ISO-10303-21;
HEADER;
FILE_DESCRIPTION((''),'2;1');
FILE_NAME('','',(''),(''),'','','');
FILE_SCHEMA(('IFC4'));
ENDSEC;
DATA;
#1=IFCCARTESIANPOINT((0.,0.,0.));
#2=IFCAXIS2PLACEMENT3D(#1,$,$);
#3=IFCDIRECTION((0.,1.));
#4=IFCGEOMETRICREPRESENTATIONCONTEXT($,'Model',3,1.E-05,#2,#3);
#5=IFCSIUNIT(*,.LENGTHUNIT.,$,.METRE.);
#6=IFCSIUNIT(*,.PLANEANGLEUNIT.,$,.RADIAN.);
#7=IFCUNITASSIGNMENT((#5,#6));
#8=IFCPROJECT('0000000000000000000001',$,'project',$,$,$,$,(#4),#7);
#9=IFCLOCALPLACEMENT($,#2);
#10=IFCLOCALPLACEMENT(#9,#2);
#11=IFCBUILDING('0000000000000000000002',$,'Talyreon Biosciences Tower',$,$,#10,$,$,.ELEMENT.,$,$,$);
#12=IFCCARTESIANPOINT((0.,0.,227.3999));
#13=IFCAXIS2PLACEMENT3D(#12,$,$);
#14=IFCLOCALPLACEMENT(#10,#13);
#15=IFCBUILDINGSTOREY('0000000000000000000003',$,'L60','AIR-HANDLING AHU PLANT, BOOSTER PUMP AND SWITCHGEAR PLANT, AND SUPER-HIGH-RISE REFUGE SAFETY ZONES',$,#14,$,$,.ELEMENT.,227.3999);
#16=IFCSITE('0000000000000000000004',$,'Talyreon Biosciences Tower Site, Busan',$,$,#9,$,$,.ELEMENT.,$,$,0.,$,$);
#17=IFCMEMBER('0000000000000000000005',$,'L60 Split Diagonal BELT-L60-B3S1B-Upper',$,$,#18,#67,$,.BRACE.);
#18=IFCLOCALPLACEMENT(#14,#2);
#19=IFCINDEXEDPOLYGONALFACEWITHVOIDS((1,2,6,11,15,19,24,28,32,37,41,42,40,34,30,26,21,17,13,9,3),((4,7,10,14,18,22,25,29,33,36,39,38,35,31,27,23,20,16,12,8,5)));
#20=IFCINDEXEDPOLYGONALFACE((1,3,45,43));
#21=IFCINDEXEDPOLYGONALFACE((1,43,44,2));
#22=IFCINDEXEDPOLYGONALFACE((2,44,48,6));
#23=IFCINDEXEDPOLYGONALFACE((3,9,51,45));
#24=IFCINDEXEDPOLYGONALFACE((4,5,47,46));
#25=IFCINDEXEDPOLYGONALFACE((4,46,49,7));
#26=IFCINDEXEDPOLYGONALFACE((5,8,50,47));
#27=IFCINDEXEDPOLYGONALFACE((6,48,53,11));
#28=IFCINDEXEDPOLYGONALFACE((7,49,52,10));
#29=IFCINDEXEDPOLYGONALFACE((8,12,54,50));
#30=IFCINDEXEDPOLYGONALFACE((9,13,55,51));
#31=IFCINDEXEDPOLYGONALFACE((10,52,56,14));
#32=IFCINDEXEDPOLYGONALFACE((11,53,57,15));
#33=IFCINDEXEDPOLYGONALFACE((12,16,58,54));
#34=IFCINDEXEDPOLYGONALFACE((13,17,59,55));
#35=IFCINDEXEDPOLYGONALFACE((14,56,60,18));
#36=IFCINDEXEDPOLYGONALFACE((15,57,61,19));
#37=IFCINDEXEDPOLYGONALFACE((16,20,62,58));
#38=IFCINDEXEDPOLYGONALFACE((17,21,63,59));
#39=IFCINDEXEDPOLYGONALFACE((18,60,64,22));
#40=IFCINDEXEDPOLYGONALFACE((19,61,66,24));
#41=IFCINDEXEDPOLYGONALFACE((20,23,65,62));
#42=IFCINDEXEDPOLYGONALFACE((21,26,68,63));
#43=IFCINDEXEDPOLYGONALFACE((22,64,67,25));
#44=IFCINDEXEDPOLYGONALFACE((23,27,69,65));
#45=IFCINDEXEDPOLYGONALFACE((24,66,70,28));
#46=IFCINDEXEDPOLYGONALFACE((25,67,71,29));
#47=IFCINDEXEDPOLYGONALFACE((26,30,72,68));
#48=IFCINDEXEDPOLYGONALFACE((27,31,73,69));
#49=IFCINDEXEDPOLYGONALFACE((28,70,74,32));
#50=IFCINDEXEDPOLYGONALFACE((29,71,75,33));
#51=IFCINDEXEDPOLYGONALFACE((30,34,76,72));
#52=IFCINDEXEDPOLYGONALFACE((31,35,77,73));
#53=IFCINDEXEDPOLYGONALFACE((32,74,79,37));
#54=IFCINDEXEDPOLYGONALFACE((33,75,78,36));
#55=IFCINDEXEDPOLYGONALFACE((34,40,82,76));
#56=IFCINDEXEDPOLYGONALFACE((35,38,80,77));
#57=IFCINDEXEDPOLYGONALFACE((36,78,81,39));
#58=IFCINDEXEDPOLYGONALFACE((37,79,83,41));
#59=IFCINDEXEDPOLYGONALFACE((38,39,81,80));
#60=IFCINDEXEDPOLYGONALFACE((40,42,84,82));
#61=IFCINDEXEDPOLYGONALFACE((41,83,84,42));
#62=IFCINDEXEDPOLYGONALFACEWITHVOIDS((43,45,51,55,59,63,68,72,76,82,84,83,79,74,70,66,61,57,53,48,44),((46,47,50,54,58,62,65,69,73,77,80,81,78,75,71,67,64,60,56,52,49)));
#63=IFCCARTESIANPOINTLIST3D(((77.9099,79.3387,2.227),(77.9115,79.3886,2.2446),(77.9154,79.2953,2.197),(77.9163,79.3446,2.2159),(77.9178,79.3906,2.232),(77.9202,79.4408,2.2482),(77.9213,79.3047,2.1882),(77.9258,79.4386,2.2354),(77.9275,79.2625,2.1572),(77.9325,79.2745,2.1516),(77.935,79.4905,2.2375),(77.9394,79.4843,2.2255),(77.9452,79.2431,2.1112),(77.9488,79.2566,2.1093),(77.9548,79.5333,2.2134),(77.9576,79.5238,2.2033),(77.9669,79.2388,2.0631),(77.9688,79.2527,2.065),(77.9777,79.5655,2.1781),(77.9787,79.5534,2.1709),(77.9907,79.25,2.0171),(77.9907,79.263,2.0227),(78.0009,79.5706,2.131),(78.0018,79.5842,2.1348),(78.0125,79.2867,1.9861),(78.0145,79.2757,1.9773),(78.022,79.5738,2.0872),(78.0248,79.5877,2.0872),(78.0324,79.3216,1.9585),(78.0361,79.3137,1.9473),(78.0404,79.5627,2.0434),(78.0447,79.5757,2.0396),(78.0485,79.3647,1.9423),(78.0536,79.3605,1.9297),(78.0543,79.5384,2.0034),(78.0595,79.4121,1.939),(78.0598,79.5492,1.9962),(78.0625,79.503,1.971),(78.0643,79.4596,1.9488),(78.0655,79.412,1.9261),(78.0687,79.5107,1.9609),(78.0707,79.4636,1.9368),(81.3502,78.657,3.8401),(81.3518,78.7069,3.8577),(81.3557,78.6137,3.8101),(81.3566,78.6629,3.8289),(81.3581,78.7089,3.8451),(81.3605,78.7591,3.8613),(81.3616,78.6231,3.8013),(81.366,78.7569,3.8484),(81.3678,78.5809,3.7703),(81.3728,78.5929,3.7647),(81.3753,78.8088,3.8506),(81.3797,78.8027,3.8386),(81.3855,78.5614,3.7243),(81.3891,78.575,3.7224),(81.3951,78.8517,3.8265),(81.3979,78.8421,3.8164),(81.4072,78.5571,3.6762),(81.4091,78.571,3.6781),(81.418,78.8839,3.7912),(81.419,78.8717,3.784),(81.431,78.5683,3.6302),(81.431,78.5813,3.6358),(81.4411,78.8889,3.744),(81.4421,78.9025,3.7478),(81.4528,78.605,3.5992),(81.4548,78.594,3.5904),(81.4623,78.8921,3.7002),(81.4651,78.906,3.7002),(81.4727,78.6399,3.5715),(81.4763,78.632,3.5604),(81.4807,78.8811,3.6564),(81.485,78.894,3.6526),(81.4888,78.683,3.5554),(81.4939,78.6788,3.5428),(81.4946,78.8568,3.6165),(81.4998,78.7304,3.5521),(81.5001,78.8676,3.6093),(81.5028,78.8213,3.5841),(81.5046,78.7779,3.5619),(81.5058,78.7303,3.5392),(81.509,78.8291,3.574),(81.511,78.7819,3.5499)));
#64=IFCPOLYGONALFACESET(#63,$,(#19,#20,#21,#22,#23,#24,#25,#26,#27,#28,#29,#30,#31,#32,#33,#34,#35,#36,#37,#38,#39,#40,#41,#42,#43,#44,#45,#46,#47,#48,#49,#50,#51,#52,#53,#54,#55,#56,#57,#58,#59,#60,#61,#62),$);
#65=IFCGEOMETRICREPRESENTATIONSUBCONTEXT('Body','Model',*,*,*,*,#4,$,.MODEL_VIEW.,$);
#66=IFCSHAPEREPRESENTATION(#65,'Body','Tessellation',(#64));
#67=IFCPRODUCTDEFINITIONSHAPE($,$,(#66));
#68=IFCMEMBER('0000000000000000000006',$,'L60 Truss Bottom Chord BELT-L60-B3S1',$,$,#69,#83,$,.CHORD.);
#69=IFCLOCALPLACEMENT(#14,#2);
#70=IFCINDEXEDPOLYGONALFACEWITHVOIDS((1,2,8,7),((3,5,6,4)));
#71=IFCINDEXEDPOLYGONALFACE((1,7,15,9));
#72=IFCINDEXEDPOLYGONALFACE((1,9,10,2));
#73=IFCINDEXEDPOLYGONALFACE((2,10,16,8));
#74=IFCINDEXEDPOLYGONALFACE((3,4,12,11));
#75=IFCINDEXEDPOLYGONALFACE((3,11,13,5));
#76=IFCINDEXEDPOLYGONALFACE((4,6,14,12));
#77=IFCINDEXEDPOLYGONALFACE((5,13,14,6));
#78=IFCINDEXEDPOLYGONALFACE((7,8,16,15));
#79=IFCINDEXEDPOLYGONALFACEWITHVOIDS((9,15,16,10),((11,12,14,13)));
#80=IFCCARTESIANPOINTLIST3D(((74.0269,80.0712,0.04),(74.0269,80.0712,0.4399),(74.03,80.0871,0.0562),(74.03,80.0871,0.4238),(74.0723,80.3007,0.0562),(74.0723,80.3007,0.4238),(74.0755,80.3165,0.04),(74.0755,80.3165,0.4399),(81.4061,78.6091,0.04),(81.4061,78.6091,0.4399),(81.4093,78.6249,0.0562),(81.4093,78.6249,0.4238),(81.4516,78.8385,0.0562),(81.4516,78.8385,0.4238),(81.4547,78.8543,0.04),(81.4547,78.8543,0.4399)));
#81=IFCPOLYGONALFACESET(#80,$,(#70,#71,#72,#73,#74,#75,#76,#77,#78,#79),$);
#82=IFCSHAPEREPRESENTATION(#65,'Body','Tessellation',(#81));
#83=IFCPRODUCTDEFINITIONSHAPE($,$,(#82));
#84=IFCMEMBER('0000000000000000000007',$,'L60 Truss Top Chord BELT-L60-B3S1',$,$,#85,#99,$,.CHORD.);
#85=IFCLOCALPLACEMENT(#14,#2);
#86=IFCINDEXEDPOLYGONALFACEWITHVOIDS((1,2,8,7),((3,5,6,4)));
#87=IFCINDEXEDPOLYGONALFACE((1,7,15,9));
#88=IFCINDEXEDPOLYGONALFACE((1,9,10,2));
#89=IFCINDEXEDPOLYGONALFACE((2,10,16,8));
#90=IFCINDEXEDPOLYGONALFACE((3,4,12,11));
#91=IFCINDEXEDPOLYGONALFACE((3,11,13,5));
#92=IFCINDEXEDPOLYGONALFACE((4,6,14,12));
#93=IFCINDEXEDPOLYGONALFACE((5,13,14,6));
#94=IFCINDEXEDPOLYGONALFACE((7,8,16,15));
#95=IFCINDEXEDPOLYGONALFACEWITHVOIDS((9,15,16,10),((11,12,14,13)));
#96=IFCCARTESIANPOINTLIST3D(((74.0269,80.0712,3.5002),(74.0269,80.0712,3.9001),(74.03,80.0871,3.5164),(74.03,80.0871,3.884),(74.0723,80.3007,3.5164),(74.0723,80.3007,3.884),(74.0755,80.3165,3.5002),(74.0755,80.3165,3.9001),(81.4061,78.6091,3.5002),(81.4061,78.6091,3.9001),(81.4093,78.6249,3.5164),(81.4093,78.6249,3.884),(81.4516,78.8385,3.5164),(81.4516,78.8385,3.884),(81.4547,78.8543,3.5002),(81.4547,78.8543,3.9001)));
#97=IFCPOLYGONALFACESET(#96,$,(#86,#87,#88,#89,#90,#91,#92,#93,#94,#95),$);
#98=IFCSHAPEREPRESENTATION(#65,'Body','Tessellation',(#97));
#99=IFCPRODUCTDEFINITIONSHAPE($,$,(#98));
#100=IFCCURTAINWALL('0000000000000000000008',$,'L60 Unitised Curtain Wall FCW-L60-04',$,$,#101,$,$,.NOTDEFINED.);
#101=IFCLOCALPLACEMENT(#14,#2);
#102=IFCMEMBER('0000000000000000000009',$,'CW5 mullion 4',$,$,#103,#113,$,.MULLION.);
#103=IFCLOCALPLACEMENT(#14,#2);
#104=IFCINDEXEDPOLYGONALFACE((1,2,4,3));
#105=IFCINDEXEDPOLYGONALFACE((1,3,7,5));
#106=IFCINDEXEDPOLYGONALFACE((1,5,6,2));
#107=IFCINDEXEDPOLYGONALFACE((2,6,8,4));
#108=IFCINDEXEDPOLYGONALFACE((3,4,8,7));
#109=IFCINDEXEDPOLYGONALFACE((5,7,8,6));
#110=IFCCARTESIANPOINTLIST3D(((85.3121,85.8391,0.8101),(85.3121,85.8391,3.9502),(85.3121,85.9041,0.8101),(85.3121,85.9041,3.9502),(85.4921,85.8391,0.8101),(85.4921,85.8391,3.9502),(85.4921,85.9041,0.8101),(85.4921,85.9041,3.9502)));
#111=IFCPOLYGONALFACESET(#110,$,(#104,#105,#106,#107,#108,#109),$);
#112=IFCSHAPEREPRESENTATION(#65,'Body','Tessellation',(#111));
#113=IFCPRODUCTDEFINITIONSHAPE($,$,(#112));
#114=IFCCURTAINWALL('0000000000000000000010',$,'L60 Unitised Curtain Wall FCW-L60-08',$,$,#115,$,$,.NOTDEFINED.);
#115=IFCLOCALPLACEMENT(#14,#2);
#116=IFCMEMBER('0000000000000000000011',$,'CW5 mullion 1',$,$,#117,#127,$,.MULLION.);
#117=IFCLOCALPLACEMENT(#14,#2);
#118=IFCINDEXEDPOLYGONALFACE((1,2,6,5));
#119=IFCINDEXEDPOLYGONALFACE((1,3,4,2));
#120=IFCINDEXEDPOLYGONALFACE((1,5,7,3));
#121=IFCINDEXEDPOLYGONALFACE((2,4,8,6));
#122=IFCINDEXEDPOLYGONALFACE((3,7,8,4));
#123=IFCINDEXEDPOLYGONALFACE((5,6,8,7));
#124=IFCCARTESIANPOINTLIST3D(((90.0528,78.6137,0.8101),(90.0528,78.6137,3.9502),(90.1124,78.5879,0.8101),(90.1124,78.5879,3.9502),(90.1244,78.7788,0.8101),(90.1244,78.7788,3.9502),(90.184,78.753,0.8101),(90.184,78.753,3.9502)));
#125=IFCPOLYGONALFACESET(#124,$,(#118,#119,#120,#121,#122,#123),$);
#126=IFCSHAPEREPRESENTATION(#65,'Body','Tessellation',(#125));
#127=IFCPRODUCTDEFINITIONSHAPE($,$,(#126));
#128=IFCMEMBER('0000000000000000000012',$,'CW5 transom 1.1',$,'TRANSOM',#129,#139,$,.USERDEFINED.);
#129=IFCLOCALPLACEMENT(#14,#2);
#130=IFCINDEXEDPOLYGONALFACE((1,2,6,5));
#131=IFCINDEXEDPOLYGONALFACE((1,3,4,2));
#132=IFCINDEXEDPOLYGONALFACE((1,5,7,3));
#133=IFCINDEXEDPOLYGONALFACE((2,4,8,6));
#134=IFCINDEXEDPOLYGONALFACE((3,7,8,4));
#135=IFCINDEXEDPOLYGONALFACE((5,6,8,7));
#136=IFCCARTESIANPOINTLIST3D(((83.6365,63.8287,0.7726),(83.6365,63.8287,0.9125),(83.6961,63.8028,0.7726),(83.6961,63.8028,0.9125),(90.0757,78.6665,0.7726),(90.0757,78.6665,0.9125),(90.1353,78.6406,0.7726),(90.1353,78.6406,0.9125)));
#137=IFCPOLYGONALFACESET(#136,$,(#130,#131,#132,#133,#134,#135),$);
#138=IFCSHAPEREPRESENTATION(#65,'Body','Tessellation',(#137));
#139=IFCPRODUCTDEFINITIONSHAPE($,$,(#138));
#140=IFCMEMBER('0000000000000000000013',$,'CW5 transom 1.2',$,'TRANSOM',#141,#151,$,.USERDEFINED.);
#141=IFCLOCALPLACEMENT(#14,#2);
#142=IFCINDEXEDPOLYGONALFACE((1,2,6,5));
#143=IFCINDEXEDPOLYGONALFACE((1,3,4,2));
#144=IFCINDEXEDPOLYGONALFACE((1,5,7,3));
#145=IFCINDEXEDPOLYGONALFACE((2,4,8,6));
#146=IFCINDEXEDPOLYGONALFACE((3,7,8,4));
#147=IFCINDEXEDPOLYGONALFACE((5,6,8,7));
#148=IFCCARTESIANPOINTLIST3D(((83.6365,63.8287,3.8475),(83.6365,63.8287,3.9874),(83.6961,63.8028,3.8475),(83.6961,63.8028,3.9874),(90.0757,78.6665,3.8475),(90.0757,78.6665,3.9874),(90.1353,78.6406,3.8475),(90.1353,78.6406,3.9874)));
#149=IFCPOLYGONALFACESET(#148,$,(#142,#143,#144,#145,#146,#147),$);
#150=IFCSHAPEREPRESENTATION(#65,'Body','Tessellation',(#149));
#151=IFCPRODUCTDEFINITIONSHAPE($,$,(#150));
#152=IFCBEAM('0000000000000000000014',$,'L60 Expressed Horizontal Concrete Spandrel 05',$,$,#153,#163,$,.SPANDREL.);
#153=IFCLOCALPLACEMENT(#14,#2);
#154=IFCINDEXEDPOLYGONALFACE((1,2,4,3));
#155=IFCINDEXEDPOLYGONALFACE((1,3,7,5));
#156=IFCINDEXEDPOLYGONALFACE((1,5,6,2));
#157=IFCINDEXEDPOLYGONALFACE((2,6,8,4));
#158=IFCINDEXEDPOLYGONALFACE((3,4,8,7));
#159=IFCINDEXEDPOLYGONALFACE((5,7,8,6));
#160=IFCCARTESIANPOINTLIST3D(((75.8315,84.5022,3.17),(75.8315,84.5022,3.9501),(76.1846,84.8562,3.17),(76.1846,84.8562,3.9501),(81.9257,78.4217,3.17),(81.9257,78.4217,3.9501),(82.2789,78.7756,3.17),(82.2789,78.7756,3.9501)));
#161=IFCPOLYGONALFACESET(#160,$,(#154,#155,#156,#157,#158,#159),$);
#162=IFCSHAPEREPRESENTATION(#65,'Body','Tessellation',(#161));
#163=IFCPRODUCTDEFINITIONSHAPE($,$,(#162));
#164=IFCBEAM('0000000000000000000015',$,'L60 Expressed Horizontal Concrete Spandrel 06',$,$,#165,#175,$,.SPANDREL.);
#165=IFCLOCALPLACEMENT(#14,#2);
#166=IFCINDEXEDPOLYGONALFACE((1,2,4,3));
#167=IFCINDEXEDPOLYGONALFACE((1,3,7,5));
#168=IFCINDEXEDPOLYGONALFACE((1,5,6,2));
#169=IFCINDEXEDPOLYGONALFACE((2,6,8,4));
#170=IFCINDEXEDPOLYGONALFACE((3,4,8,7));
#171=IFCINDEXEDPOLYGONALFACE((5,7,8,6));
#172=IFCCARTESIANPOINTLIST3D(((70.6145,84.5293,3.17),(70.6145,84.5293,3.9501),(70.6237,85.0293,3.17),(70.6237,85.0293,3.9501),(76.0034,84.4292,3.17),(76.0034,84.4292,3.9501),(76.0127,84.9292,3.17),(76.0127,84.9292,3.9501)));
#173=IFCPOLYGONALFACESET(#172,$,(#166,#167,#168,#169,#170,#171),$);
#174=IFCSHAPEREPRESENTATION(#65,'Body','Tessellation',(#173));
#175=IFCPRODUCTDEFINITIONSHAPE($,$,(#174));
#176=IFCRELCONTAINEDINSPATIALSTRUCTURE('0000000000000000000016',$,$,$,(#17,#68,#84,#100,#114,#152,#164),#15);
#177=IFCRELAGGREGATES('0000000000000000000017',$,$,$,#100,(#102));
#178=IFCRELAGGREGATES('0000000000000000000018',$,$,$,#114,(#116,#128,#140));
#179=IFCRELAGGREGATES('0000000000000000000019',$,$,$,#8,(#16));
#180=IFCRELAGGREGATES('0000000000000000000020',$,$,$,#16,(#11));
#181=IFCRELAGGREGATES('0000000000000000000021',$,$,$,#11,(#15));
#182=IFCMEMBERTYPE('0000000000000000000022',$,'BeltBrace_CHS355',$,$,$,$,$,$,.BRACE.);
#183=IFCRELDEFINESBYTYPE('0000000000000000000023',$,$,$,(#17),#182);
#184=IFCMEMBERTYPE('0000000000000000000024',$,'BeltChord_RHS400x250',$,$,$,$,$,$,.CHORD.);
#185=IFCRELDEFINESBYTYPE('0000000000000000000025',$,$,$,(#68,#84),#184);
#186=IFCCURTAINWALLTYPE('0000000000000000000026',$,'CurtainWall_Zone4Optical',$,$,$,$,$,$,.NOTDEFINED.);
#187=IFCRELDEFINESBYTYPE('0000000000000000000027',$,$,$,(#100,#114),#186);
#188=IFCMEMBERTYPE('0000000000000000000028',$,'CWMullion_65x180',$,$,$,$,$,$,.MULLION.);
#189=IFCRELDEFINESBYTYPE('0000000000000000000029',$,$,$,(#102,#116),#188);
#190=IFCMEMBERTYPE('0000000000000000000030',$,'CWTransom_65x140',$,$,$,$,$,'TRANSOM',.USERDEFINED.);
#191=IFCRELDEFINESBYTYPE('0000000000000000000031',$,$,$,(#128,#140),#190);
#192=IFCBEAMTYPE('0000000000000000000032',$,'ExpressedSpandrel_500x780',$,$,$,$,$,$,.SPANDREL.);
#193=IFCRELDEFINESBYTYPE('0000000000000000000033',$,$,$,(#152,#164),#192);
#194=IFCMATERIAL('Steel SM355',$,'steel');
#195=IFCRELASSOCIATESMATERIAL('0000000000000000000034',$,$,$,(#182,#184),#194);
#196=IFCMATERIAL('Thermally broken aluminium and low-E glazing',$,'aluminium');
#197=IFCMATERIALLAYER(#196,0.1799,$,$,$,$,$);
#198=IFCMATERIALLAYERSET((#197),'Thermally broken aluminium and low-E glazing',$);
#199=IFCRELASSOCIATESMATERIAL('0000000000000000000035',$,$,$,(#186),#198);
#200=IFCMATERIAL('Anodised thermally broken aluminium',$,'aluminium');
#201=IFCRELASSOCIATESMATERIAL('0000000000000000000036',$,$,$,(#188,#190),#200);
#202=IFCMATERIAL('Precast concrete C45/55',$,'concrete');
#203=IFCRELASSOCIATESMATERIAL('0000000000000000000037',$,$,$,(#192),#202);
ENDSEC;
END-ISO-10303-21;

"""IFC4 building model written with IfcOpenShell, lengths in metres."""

from ifc_helpers import new_model, si_unit, direction, frame, origin, origin_2d, place, context, subcontext, project, spatial, rectangle, hollow_rectangle, hollow_circle, extrude, material, layer, layer_set, material_profile, profile_set, type_object, element, aggregate, save


model = new_model("IFC4")

# Units and contexts
model_context = context("Model", 3, precision=1e-05, world=origin(), true_north=direction((0.0, 1.0)))
body_context = subcontext(model_context, "Body", "Model", "MODEL_VIEW")
ifc_project = project(units=[si_unit("LENGTHUNIT", "METRE"), si_unit("PLANEANGLEUNIT", "RADIAN")], contexts=[model_context])

# Site, building, storey
site_placement = place(None, origin())
site = spatial("IfcSite", under=ifc_project, at=site_placement, Name="Talyreon Biosciences Tower Site, Busan", CompositionType="ELEMENT", RefElevation=0.0)
building_placement = place(site_placement, origin())
building = spatial("IfcBuilding", under=site, at=building_placement, Name="Talyreon Biosciences Tower", CompositionType="ELEMENT")
storey_placement = place(building_placement, frame((0.0, 0.0, 227.3999)))
storey = spatial("IfcBuildingStorey", under=building, at=storey_placement, Name="L60", Description="AIR-HANDLING AHU PLANT, BOOSTER PUMP AND SWITCHGEAR PLANT, AND SUPER-HIGH-RISE REFUGE SAFETY ZONES", CompositionType="ELEMENT", Elevation=227.3999)

# Members
ifc_material_1 = material(Name="Steel SM355", Category="steel")
ifc_material_profile_1 = material_profile(ifc_material_1, hollow_circle(Radius=0.1777, WallThickness=0.0142, at=origin_2d()), Name="CHS 355.6x14.2")
ifc_profile_set_1 = profile_set([ifc_material_profile_1], Name="Steel SM355")
member_type_1 = type_object("IfcMemberType", Name="BeltBrace_CHS355", PredefinedType="BRACE", material=ifc_profile_set_1)
member_1_placement = place(storey_placement, frame((77.9902, 79.4133, 2.0872), z_axis=(0.891186, -0.17658, 0.41786), x_axis=(0.194362, 0.98093, 0.0)))
element("IfcMember", 1, at=member_1_placement, inside=storey, type_object=member_type_1, Name="L60 Split Diagonal BELT-L60-B3S1B-Upper", PredefinedType="BRACE", context=body_context, shape_type="SweptSolid", body=[
    extrude(hollow_circle(Radius=0.1777, WallThickness=0.0142, at=origin_2d()), origin(), (0.0, 0.0, 1.0), 3.8604),
])
ifc_material_profile_2 = material_profile(ifc_material_1, hollow_rectangle(XDim=0.25, YDim=0.3999, WallThickness=0.0161, at=origin_2d()), Name="RHS 400x250x16")
ifc_profile_set_2 = profile_set([ifc_material_profile_2], Name="Steel SM355")
member_type_2 = type_object("IfcMemberType", Name="BeltChord_RHS400x250", PredefinedType="CHORD", material=ifc_profile_set_2)
for number, where, z_axis, x_axis, name in (
    (2, (81.4304, 78.7317, 0.24), (-0.980929, 0.194368, 0.0), (-0.194368, -0.980929, 0.0), "L60 Truss Bottom Chord BELT-L60-B3S1"),
    (3, (81.4304, 78.7317, 3.7002), (-0.980929, 0.194368, 0.0), (-0.194368, -0.980929, 0.0), "L60 Truss Top Chord BELT-L60-B3S1"),
):
    element("IfcMember", number, at=place(storey_placement, frame(where, z_axis=z_axis, x_axis=x_axis)), inside=storey, type_object=member_type_2, Name=name, PredefinedType="CHORD", context=body_context, shape_type="SweptSolid", body=[
        extrude(hollow_rectangle(XDim=0.25, YDim=0.3999, WallThickness=0.0161, at=origin_2d()), origin(), (0.0, 0.0, 1.0), 7.5227),
    ])

# Curtain wall, member
ifc_material_2 = material(Name="Thermally broken aluminium and low-E glazing", Category="aluminium")
ifc_layer_1 = layer(ifc_material_2, 0.1799)
ifc_layer_set_1 = layer_set([ifc_layer_1], Name="Thermally broken aluminium and low-E glazing")
curtain_wall_type = type_object("IfcCurtainWallType", Name="CurtainWall_Zone4Optical", PredefinedType="NOTDEFINED", material=ifc_layer_set_1)
curtain_wall_1_placement = place(storey_placement, origin())
curtain_wall_1 = element("IfcCurtainWall", 4, at=curtain_wall_1_placement, inside=storey, type_object=curtain_wall_type, Name="L60 Unitised Curtain Wall FCW-L60-04", PredefinedType="NOTDEFINED")
ifc_material_3 = material(Name="Anodised thermally broken aluminium", Category="aluminium")
ifc_material_profile_3 = material_profile(ifc_material_3, rectangle(XDim=0.0649, YDim=0.1799, at=origin_2d()), Name="ALUM MULLION 65x180")
ifc_profile_set_3 = profile_set([ifc_material_profile_3], Name="Anodised thermally broken aluminium")
member_type_3 = type_object("IfcMemberType", Name="CWMullion_65x180", PredefinedType="MULLION", material=ifc_profile_set_3)
member_2_placement = place(storey_placement, frame((85.4021, 85.8716, 0.8101), z_axis=(0.0, 0.0, 1.0), x_axis=(0.0, 1.0, 0.0)))
member_2 = element("IfcMember", 5, at=member_2_placement, type_object=member_type_3, Name="CW5 mullion 4", PredefinedType="MULLION", context=body_context, shape_type="SweptSolid", body=[
    extrude(rectangle(XDim=0.0649, YDim=0.1799, at=origin_2d()), origin(), (0.0, 0.0, 1.0), 3.1401),
])

# Curtain wall, members
curtain_wall_2_placement = place(storey_placement, origin())
curtain_wall_2 = element("IfcCurtainWall", 6, at=curtain_wall_2_placement, inside=storey, type_object=curtain_wall_type, Name="L60 Unitised Curtain Wall FCW-L60-08", PredefinedType="NOTDEFINED")
member_3_placement = place(storey_placement, frame((90.1184, 78.6833, 0.8101), z_axis=(0.0, 0.0, 1.0), x_axis=(0.917337, -0.398112, 0.0)))
member_3 = element("IfcMember", 7, at=member_3_placement, type_object=member_type_3, Name="CW5 mullion 1", PredefinedType="MULLION", context=body_context, shape_type="SweptSolid", body=[
    extrude(rectangle(XDim=0.0649, YDim=0.1799, at=origin_2d()), origin(), (0.0, 0.0, 1.0), 3.1401),
])
ifc_material_profile_4 = material_profile(ifc_material_3, rectangle(XDim=0.0649, YDim=0.1399, at=origin_2d()), Name="ALUM TRANSOM 65x140")
ifc_profile_set_4 = profile_set([ifc_material_profile_4], Name="Anodised thermally broken aluminium")
member_type_4 = type_object("IfcMemberType", Name="CWTransom_65x140", ElementType="TRANSOM", PredefinedType="USERDEFINED", material=ifc_profile_set_4)
member_4_placement = place(storey_placement, frame((90.1055, 78.6536, 0.8425), z_axis=(-0.3981, -0.917342, 0.0), x_axis=(0.917342, -0.3981, 0.0)))
member_4 = element("IfcMember", 8, at=member_4_placement, type_object=member_type_4, Name="CW5 transom 1.1", ObjectType="TRANSOM", PredefinedType="USERDEFINED", context=body_context, shape_type="SweptSolid", body=[
    extrude(rectangle(XDim=0.0649, YDim=0.1399, at=origin_2d()), origin(), (0.0, 0.0, 1.0), 16.1748),
])
member_5_placement = place(storey_placement, frame((90.1055, 78.6536, 3.9175), z_axis=(-0.3981, -0.917342, 0.0), x_axis=(0.917342, -0.3981, 0.0)))
member_5 = element("IfcMember", 9, at=member_5_placement, type_object=member_type_4, Name="CW5 transom 1.2", ObjectType="TRANSOM", PredefinedType="USERDEFINED", context=body_context, shape_type="SweptSolid", body=[
    extrude(rectangle(XDim=0.0649, YDim=0.1399, at=origin_2d()), origin(), (0.0, 0.0, 1.0), 16.1748),
])

# Beams
ifc_material_4 = material(Name="Precast concrete C45/55", Category="concrete")
ifc_material_profile_5 = material_profile(ifc_material_4, rectangle(XDim=0.5, YDim=0.78, at=origin_2d()), Name="RCB 500x780")
ifc_profile_set_5 = profile_set([ifc_material_profile_5], Name="Precast concrete C45/55")
beam_type_1 = type_object("IfcBeamType", Name="ExpressedSpandrel_500x780", PredefinedType="SPANDREL", material=ifc_profile_set_5)
beam_1_placement = place(storey_placement, frame((82.1023, 78.5986, 3.5601), z_axis=(-0.7079, 0.706312, 0.0), x_axis=(-0.706312, -0.7079, 0.0)))
element("IfcBeam", 10, at=beam_1_placement, inside=storey, type_object=beam_type_1, Name="L60 Expressed Horizontal Concrete Spandrel 05", PredefinedType="SPANDREL", context=body_context, shape_type="SweptSolid", body=[
    extrude(rectangle(XDim=0.5, YDim=0.78, at=origin_2d()), origin(), (0.0, 0.0, 1.0), 8.6089),
])
beam_2_placement = place(storey_placement, frame((76.0081, 84.6792, 3.5601), z_axis=(-0.999828, 0.018572, 0.0), x_axis=(-0.018572, -0.999828, 0.0)))
element("IfcBeam", 11, at=beam_2_placement, inside=storey, type_object=beam_type_1, Name="L60 Expressed Horizontal Concrete Spandrel 06", PredefinedType="SPANDREL", context=body_context, shape_type="SweptSolid", body=[
    extrude(rectangle(XDim=0.5, YDim=0.78, at=origin_2d()), origin(), (0.0, 0.0, 1.0), 5.3899),
])

aggregate(curtain_wall_1, [member_2])
aggregate(curtain_wall_2, [member_3, member_4, member_5])

save(model, "model.ifc")
